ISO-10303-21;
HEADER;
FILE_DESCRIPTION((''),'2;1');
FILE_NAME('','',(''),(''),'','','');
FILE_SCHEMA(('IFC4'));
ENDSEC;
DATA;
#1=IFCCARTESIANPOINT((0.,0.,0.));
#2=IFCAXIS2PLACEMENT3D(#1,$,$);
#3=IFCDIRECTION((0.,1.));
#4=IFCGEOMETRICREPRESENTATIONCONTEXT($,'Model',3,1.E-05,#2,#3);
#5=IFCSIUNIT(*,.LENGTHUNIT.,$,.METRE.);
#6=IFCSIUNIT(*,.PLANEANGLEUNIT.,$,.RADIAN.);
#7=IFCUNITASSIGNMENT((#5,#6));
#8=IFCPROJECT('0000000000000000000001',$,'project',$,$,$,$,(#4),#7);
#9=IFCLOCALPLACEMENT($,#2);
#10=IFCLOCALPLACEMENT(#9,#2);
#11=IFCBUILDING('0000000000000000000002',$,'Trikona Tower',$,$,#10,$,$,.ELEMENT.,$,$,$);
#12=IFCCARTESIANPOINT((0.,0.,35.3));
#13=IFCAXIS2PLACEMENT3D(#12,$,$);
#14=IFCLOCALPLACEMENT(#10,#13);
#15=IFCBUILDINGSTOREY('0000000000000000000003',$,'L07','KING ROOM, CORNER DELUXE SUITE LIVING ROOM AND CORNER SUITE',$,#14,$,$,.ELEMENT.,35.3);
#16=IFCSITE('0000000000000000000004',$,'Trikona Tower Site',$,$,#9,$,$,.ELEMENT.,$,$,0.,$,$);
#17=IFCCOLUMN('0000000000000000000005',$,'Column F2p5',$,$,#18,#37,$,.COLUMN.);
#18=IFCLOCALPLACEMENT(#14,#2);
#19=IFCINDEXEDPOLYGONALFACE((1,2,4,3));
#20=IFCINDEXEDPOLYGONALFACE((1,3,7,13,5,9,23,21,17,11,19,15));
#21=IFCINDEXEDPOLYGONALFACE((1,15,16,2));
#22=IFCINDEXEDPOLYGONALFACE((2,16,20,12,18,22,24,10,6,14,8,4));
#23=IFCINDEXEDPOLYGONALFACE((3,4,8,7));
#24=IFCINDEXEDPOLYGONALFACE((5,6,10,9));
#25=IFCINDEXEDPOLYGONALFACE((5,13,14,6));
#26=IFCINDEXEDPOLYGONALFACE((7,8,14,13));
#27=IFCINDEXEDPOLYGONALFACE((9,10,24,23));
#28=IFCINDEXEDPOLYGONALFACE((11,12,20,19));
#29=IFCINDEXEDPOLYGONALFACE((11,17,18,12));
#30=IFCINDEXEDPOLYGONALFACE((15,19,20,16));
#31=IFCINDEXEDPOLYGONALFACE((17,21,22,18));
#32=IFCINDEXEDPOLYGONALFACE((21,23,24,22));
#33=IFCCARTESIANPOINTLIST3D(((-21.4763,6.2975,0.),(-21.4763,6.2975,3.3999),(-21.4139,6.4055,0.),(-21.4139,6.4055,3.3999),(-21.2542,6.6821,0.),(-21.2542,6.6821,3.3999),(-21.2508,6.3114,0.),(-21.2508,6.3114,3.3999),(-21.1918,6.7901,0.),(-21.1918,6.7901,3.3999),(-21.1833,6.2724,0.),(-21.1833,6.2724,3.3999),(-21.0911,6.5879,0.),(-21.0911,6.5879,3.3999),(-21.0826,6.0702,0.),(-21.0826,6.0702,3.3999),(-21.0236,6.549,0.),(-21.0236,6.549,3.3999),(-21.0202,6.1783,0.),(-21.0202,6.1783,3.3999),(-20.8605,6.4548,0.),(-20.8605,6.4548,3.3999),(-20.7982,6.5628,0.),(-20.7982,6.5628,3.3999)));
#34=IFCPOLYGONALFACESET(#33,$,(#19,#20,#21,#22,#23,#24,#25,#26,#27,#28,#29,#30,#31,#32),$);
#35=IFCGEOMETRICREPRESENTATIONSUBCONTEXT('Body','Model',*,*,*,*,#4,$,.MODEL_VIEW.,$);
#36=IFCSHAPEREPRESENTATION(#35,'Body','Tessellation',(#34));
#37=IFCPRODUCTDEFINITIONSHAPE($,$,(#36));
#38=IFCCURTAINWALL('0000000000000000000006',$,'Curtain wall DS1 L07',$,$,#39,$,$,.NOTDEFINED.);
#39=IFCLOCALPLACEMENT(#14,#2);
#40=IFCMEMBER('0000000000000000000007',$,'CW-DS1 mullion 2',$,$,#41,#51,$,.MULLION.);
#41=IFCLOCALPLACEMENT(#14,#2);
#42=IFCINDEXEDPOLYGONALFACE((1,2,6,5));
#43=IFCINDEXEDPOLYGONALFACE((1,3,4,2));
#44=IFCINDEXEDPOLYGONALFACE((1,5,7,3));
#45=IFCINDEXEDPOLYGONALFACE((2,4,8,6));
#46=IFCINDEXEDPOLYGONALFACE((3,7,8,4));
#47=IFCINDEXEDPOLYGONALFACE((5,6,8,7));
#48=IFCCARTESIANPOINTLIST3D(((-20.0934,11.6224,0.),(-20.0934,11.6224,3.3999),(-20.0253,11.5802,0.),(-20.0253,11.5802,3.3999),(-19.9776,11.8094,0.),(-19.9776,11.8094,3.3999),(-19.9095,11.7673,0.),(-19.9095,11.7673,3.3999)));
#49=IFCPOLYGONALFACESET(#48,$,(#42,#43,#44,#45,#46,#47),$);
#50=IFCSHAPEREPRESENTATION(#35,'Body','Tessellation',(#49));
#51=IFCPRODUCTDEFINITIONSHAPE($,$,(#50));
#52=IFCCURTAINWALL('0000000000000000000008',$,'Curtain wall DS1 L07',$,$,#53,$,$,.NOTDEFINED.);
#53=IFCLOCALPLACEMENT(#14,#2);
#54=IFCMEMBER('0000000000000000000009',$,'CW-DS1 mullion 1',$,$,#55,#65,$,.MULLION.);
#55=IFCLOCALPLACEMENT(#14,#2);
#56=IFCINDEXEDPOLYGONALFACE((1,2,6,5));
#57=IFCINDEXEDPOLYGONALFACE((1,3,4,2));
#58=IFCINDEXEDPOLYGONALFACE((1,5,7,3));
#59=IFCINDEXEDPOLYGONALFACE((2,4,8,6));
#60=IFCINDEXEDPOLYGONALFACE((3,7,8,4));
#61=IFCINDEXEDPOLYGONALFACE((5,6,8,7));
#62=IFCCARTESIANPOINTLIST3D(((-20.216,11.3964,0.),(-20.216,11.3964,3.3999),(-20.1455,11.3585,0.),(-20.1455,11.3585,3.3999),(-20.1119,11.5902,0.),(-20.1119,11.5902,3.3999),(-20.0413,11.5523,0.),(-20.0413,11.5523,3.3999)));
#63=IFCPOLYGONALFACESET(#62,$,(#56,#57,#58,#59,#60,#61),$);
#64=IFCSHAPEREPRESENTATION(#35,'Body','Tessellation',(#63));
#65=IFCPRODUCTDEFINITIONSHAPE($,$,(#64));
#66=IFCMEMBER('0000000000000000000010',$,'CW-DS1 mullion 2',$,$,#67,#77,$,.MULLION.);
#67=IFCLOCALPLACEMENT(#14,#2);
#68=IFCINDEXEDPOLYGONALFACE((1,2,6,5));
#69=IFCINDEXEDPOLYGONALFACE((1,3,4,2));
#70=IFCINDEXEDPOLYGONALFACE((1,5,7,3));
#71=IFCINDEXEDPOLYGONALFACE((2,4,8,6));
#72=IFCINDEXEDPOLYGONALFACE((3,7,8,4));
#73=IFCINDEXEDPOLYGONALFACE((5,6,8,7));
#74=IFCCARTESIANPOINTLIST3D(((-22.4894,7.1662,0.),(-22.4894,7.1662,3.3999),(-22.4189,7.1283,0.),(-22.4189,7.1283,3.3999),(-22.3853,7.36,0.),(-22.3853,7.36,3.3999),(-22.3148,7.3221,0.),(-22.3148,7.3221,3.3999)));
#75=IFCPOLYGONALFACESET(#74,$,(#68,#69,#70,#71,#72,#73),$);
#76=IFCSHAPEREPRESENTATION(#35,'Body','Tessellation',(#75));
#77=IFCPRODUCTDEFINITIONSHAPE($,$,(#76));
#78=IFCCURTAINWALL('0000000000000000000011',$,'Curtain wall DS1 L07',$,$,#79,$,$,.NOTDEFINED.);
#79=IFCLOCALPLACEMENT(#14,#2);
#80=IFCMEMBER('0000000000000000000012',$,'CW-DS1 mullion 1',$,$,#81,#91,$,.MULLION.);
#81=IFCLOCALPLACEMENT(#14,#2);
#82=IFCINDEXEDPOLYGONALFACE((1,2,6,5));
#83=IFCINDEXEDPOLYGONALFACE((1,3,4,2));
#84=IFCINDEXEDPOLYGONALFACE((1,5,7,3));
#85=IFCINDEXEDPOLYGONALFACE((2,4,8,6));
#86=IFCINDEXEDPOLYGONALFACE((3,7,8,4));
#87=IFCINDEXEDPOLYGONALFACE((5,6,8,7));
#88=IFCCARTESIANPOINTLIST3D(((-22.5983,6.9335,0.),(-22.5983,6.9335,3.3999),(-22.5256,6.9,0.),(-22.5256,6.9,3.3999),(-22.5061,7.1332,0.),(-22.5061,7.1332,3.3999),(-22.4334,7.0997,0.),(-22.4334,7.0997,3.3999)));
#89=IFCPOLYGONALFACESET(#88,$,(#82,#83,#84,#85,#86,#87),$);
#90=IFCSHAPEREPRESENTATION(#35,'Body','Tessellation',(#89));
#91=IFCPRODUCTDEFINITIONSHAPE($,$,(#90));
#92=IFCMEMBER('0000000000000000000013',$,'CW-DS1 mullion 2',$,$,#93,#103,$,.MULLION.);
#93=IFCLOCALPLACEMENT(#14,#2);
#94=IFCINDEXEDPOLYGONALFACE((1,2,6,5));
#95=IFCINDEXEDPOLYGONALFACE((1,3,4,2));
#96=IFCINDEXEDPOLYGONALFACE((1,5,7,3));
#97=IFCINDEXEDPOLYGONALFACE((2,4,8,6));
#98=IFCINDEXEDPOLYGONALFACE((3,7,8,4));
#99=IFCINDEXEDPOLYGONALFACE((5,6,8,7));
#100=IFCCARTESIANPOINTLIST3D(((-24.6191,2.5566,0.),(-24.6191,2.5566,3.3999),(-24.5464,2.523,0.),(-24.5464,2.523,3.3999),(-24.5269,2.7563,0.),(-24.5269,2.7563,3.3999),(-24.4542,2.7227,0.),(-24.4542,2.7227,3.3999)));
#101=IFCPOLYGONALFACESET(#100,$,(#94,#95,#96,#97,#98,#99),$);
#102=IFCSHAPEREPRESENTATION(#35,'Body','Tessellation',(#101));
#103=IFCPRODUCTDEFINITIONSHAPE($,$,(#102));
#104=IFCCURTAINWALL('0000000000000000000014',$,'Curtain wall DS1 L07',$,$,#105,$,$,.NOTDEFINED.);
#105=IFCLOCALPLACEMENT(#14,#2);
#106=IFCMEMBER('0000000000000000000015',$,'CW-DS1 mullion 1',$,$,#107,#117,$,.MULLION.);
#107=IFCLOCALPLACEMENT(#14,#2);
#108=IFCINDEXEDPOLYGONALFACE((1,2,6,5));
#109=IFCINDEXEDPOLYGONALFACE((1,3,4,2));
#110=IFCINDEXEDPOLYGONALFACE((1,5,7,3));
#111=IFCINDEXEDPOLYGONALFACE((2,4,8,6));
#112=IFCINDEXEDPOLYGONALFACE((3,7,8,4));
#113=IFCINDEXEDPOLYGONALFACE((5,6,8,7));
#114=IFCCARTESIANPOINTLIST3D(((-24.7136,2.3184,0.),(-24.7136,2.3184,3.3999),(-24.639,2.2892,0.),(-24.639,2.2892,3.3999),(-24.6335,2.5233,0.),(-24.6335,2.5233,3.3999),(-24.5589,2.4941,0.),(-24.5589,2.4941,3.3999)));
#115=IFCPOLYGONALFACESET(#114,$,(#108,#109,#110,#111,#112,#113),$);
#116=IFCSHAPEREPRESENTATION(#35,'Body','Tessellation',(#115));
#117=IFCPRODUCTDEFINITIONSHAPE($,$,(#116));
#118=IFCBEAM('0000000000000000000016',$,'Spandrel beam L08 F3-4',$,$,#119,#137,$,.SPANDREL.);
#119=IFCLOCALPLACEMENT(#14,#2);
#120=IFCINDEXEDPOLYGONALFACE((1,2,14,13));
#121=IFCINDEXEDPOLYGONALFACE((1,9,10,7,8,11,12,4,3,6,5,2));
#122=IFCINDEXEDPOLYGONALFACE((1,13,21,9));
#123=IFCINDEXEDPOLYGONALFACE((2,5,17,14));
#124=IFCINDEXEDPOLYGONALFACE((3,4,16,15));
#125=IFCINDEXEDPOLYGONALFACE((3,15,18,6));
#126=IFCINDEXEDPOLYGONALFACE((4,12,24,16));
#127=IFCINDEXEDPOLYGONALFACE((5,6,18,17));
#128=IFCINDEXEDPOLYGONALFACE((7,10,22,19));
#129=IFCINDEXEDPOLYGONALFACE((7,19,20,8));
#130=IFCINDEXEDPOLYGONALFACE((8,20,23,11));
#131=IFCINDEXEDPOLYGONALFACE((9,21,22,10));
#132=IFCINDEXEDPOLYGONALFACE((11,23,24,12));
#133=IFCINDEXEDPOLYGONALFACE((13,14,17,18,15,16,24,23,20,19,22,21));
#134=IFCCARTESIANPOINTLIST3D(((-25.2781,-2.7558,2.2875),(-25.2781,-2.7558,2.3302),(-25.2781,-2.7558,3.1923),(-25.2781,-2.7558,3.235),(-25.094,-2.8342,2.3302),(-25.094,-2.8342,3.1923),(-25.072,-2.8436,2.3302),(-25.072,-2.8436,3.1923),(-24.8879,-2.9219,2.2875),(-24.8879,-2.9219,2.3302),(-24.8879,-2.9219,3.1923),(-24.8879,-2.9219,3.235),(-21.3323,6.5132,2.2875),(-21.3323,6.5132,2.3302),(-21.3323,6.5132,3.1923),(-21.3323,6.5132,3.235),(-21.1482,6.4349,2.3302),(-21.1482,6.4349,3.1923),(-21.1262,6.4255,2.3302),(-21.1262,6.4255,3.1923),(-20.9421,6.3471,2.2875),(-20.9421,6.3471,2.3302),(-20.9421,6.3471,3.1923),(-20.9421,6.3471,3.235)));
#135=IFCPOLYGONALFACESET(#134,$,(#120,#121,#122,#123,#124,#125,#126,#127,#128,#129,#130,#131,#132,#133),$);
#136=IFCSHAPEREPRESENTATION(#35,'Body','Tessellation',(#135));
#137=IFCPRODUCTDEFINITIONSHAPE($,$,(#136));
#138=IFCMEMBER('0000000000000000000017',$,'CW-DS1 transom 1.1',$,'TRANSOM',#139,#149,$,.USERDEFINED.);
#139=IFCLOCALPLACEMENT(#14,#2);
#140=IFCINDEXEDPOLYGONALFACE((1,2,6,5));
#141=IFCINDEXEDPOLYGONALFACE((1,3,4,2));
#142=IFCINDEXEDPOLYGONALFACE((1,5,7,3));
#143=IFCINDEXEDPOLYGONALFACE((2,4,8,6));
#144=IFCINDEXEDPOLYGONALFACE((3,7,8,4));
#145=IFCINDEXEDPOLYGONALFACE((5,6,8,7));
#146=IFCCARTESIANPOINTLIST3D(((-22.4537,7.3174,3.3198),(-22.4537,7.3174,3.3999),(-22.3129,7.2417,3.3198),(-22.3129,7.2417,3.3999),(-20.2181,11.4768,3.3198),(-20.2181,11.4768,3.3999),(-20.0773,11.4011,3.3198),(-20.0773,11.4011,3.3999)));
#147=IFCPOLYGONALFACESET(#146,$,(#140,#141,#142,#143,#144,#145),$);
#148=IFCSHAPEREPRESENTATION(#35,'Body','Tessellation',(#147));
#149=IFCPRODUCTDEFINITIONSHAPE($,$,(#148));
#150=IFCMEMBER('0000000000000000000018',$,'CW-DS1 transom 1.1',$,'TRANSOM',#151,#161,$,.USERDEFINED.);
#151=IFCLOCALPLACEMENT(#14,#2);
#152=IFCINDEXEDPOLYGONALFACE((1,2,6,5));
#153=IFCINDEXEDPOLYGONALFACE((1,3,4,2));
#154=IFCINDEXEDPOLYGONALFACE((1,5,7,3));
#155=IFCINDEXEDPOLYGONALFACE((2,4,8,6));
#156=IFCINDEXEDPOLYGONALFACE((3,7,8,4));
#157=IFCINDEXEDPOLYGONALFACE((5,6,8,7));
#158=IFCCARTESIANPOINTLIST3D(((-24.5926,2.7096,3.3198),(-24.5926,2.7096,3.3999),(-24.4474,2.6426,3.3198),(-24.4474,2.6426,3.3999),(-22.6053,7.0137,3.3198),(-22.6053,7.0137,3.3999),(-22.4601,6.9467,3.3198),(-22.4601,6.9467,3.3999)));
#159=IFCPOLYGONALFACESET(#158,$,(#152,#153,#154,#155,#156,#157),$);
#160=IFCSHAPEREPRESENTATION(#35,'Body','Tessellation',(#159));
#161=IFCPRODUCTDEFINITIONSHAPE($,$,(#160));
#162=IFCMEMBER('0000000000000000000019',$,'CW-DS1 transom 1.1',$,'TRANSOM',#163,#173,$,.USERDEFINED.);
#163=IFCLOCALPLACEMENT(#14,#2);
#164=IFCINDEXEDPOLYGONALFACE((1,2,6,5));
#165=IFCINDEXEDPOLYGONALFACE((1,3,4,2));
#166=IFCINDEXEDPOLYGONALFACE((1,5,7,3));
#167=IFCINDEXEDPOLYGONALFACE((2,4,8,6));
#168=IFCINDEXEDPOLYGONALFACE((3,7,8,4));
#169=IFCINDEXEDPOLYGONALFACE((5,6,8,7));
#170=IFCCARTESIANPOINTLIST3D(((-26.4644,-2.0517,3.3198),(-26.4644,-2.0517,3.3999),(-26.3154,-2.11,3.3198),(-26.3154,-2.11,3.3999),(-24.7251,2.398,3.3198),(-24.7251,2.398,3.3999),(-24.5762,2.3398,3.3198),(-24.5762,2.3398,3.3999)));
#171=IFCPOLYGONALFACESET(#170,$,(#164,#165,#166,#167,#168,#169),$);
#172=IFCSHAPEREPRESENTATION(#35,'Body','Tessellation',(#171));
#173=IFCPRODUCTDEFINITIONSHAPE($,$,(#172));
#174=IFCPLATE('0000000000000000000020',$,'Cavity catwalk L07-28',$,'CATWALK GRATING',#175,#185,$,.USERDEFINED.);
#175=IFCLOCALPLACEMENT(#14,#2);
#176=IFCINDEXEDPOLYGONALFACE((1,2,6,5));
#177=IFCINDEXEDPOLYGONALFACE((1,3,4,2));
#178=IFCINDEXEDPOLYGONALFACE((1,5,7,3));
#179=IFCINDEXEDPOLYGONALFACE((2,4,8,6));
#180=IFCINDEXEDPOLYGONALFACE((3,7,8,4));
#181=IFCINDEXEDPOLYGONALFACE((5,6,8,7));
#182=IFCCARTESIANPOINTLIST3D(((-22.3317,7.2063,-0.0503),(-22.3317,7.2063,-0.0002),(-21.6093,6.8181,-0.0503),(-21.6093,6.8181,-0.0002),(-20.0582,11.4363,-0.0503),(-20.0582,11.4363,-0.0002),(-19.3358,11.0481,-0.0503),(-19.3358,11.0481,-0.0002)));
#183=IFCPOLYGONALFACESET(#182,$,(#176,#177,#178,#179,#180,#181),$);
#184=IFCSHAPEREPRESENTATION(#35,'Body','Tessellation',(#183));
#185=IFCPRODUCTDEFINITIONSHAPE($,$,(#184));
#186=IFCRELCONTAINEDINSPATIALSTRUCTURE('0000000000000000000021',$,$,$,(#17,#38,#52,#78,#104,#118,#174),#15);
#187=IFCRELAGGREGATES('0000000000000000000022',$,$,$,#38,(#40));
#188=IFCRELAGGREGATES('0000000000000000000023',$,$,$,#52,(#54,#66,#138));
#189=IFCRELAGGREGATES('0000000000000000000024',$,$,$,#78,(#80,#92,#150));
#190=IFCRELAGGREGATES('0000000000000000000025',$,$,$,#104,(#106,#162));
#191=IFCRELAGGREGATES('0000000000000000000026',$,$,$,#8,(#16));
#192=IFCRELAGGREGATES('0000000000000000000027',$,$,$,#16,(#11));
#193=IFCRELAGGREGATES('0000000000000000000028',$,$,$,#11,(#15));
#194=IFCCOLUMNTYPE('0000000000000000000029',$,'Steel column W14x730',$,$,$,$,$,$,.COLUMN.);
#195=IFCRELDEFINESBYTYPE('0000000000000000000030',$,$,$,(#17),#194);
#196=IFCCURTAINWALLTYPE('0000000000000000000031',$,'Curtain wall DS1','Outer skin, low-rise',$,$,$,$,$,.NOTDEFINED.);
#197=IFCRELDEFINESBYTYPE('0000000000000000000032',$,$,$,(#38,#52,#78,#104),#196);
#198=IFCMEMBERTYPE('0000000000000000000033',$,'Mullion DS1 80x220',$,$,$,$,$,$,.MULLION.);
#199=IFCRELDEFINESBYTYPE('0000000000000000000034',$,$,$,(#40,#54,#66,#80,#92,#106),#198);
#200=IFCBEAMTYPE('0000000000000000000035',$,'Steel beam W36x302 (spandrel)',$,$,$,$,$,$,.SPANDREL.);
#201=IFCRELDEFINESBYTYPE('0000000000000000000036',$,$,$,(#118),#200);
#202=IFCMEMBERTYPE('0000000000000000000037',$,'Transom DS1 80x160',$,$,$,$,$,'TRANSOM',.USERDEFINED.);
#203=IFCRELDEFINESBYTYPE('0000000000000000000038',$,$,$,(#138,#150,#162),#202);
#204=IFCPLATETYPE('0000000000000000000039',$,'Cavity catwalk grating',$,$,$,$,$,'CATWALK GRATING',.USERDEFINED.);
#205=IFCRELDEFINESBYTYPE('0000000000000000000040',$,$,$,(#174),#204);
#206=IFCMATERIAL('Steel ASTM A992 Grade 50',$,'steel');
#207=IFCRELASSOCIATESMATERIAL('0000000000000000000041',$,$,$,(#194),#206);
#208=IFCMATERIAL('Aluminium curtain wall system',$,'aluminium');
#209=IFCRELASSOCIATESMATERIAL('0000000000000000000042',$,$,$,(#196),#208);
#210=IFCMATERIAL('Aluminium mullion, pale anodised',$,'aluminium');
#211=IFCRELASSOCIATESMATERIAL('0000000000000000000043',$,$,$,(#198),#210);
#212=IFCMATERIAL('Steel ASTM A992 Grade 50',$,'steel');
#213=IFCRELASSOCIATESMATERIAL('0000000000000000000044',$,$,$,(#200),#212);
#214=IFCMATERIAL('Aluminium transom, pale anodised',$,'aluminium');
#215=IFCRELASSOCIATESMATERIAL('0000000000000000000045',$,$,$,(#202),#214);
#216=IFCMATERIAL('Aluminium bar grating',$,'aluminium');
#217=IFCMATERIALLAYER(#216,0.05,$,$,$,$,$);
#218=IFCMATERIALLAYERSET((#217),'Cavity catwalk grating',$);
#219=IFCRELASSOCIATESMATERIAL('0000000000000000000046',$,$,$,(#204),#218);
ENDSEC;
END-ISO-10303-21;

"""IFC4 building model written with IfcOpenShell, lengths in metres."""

from ifc_helpers import new_model, si_unit, direction, frame, origin, origin_2d, place, context, subcontext, project, spatial, rectangle, i_section, extrude, material, layer, layer_set, material_profile, profile_set, type_object, element, aggregate, save


model = new_model("IFC4")

# Units and contexts
model_context = context("Model", 3, precision=1e-05, world=origin(), true_north=direction((0.0, 1.0)))
body_context = subcontext(model_context, "Body", "Model", "MODEL_VIEW")
ifc_project = project(units=[si_unit("LENGTHUNIT", "METRE"), si_unit("PLANEANGLEUNIT", "RADIAN")], contexts=[model_context])

# Site, building, storey
site_placement = place(None, origin())
site = spatial("IfcSite", under=ifc_project, at=site_placement, Name="Trikona Tower Site", CompositionType="ELEMENT", RefElevation=0.0)
building_placement = place(site_placement, origin())
building = spatial("IfcBuilding", under=site, at=building_placement, Name="Trikona Tower", CompositionType="ELEMENT")
storey_placement = place(building_placement, frame((0.0, 0.0, 35.3)))
storey = spatial("IfcBuildingStorey", under=building, at=storey_placement, Name="L07", Description="KING ROOM, CORNER DELUXE SUITE LIVING ROOM AND CORNER SUITE", CompositionType="ELEMENT", Elevation=35.3)

# Column
ifc_material_1 = material(Name="Steel ASTM A992 Grade 50", Category="steel")
ifc_material_profile_1 = material_profile(ifc_material_1, i_section(OverallWidth=0.4546, OverallDepth=0.5688, WebThickness=0.0779, FlangeThickness=0.1248, at=origin_2d()), Name="W14X730")
ifc_profile_set_1 = profile_set([ifc_material_profile_1], Name="Steel ASTM A992 Grade 50")
column_type = type_object("IfcColumnType", Name="Steel column W14x730", PredefinedType="COLUMN", material=ifc_profile_set_1)
column_placement = place(storey_placement, frame((-21.1372, 6.4302, 0.0), z_axis=(0.0, 0.0, 1.0), x_axis=(-0.866025, 0.5, 0.0)))
element("IfcColumn", 1, at=column_placement, inside=storey, type_object=column_type, Name="Column F2p5", PredefinedType="COLUMN", context=body_context, shape_type="SweptSolid", body=[
    extrude(i_section(OverallWidth=0.4546, OverallDepth=0.5688, WebThickness=0.0779, FlangeThickness=0.1248, at=origin_2d()), origin(), (0.0, 0.0, 1.0), 3.3999),
])

# Curtain wall, member
ifc_material_2 = material(Name="Aluminium curtain wall system", Category="aluminium")
curtain_wall_type = type_object("IfcCurtainWallType", Name="Curtain wall DS1", Description="Outer skin, low-rise", PredefinedType="NOTDEFINED", material=ifc_material_2)
curtain_wall_1_placement = place(storey_placement, origin())
curtain_wall_1 = element("IfcCurtainWall", 2, at=curtain_wall_1_placement, inside=storey, type_object=curtain_wall_type, Name="Curtain wall DS1 L07", PredefinedType="NOTDEFINED")
ifc_material_3 = material(Name="Aluminium mullion, pale anodised", Category="aluminium")
ifc_material_profile_2 = material_profile(ifc_material_3, rectangle(XDim=0.0801, YDim=0.22, at=origin_2d()), Name="MUL-DS1")
ifc_profile_set_2 = profile_set([ifc_material_profile_2], Name="Aluminium mullion, pale anodised")
member_type_1 = type_object("IfcMemberType", Name="Mullion DS1 80x220", PredefinedType="MULLION", material=ifc_profile_set_2)
member_1_placement = place(storey_placement, frame((-20.0015, 11.6948, 0.0), z_axis=(0.0, 0.0, 1.0), x_axis=(0.85041, -0.52612, 0.0)))
member_1 = element("IfcMember", 3, at=member_1_placement, type_object=member_type_1, Name="CW-DS1 mullion 2", PredefinedType="MULLION", context=body_context, shape_type="SweptSolid", body=[
    extrude(rectangle(XDim=0.0801, YDim=0.22, at=origin_2d()), origin(), (0.0, 0.0, 1.0), 3.3999),
])
aggregate(curtain_wall_1, [member_1])

# Curtain walls, members
curtain_wall_2_placement = place(storey_placement, origin())
curtain_wall_2 = element("IfcCurtainWall", 4, at=curtain_wall_2_placement, inside=storey, type_object=curtain_wall_type, Name="Curtain wall DS1 L07", PredefinedType="NOTDEFINED")
member_2_placement = place(storey_placement, frame((-20.1287, 11.4744, 0.0), z_axis=(0.0, 0.0, 1.0), x_axis=(0.880843, -0.473408, 0.0)))
member_2 = element("IfcMember", 5, at=member_2_placement, type_object=member_type_1, Name="CW-DS1 mullion 1", PredefinedType="MULLION", context=body_context, shape_type="SweptSolid", body=[
    extrude(rectangle(XDim=0.0801, YDim=0.22, at=origin_2d()), origin(), (0.0, 0.0, 1.0), 3.3999),
])
member_3_placement = place(storey_placement, frame((-22.4021, 7.2441, 0.0), z_axis=(0.0, 0.0, 1.0), x_axis=(0.880843, -0.473408, 0.0)))
member_3 = element("IfcMember", 6, at=member_3_placement, type_object=member_type_1, Name="CW-DS1 mullion 2", PredefinedType="MULLION", context=body_context, shape_type="SweptSolid", body=[
    extrude(rectangle(XDim=0.0801, YDim=0.22, at=origin_2d()), origin(), (0.0, 0.0, 1.0), 3.3999),
])
curtain_wall_3_placement = place(storey_placement, origin())
curtain_wall_3 = element("IfcCurtainWall", 7, at=curtain_wall_3_placement, inside=storey, type_object=curtain_wall_type, Name="Curtain wall DS1 L07", PredefinedType="NOTDEFINED")
member_4_placement = place(storey_placement, frame((-22.5159, 7.0166, 0.0), z_axis=(0.0, 0.0, 1.0), x_axis=(0.907898, -0.41919, 0.0)))
member_4 = element("IfcMember", 8, at=member_4_placement, type_object=member_type_1, Name="CW-DS1 mullion 1", PredefinedType="MULLION", context=body_context, shape_type="SweptSolid", body=[
    extrude(rectangle(XDim=0.0801, YDim=0.22, at=origin_2d()), origin(), (0.0, 0.0, 1.0), 3.3999),
])
member_5_placement = place(storey_placement, frame((-24.5366, 2.6396, 0.0), z_axis=(0.0, 0.0, 1.0), x_axis=(0.907898, -0.41919, 0.0)))
member_5 = element("IfcMember", 9, at=member_5_placement, type_object=member_type_1, Name="CW-DS1 mullion 2", PredefinedType="MULLION", context=body_context, shape_type="SweptSolid", body=[
    extrude(rectangle(XDim=0.0801, YDim=0.22, at=origin_2d()), origin(), (0.0, 0.0, 1.0), 3.3999),
])

# Curtain wall, member
curtain_wall_4_placement = place(storey_placement, origin())
curtain_wall_4 = element("IfcCurtainWall", 10, at=curtain_wall_4_placement, inside=storey, type_object=curtain_wall_type, Name="Curtain wall DS1 L07", PredefinedType="NOTDEFINED")
member_6_placement = place(storey_placement, frame((-24.6362, 2.4062, 0.0), z_axis=(0.0, 0.0, 1.0), x_axis=(0.931396, -0.364008, 0.0)))
member_6 = element("IfcMember", 11, at=member_6_placement, type_object=member_type_1, Name="CW-DS1 mullion 1", PredefinedType="MULLION", context=body_context, shape_type="SweptSolid", body=[
    extrude(rectangle(XDim=0.0801, YDim=0.22, at=origin_2d()), origin(), (0.0, 0.0, 1.0), 3.3999),
])

# Beam
ifc_material_4 = material(Name="Steel ASTM A992 Grade 50", Category="steel")
ifc_material_profile_3 = material_profile(ifc_material_4, i_section(OverallWidth=0.4241, OverallDepth=0.9475, WebThickness=0.0239, FlangeThickness=0.0427, at=origin_2d()), Name="W36X302")
ifc_profile_set_3 = profile_set([ifc_material_profile_3], Name="Steel ASTM A992 Grade 50")
beam_type = type_object("IfcBeamType", Name="Steel beam W36x302 (spandrel)", PredefinedType="SPANDREL", material=ifc_profile_set_3)
beam_placement = place(storey_placement, frame((-21.1372, 6.4302, 2.7612), z_axis=(-0.391684, -0.9201, 0.0), x_axis=(0.9201, -0.391684, 0.0)))
element("IfcBeam", 12, at=beam_placement, inside=storey, type_object=beam_type, Name="Spandrel beam L08 F3-4", PredefinedType="SPANDREL", context=body_context, shape_type="SweptSolid", body=[
    extrude(i_section(OverallWidth=0.4241, OverallDepth=0.9475, WebThickness=0.0239, FlangeThickness=0.0427, at=origin_2d()), origin(), (0.0, 0.0, 1.0), 10.074),
])

# Members
ifc_material_5 = material(Name="Aluminium transom, pale anodised", Category="aluminium")
ifc_material_profile_4 = material_profile(ifc_material_5, rectangle(XDim=0.1599, YDim=0.0801, at=origin_2d()), Name="TRN-DS1")
ifc_profile_set_4 = profile_set([ifc_material_profile_4], Name="Aluminium transom, pale anodised")
member_type_2 = type_object("IfcMemberType", Name="Transom DS1 80x160", ElementType="TRANSOM", PredefinedType="USERDEFINED", material=ifc_profile_set_4)
member_7_placement = place(storey_placement, frame((-20.1477, 11.439, 3.3599), z_axis=(-0.473428, -0.880833, 0.0), x_axis=(0.880833, -0.473428, 0.0)))
member_7 = element("IfcMember", 13, at=member_7_placement, type_object=member_type_2, Name="CW-DS1 transom 1.1", ObjectType="TRANSOM", PredefinedType="USERDEFINED", context=body_context, shape_type="SweptSolid", body=[
    extrude(rectangle(XDim=0.1599, YDim=0.0801, at=origin_2d()), origin(), (0.0, 0.0, 1.0), 4.7222),
])
member_8_placement = place(storey_placement, frame((-22.5327, 6.9802, 3.3599), z_axis=(-0.419189, -0.907899, 0.0), x_axis=(0.907899, -0.419189, 0.0)))
member_8 = element("IfcMember", 14, at=member_8_placement, type_object=member_type_2, Name="CW-DS1 transom 1.1", ObjectType="TRANSOM", PredefinedType="USERDEFINED", context=body_context, shape_type="SweptSolid", body=[
    extrude(rectangle(XDim=0.1599, YDim=0.0801, at=origin_2d()), origin(), (0.0, 0.0, 1.0), 4.7407),
])
member_9_placement = place(storey_placement, frame((-24.6506, 2.3689, 3.3599), z_axis=(-0.364049, -0.93138, 0.0), x_axis=(0.93138, -0.364049, 0.0)))
member_9 = element("IfcMember", 15, at=member_9_placement, type_object=member_type_2, Name="CW-DS1 transom 1.1", ObjectType="TRANSOM", PredefinedType="USERDEFINED", context=body_context, shape_type="SweptSolid", body=[
    extrude(rectangle(XDim=0.1599, YDim=0.0801, at=origin_2d()), origin(), (0.0, 0.0, 1.0), 4.7776),
])

# Plate
ifc_material_6 = material(Name="Aluminium bar grating", Category="aluminium")
ifc_layer_1 = layer(ifc_material_6, 0.05)
ifc_layer_set_1 = layer_set([ifc_layer_1], Name="Cavity catwalk grating")
plate_type_1 = type_object("IfcPlateType", Name="Cavity catwalk grating", ElementType="CATWALK GRATING", PredefinedType="USERDEFINED", material=ifc_layer_set_1)
plate_1_placement = place(storey_placement, frame((-20.8337, 9.1272, -0.0503), z_axis=(0.0, 0.0, 1.0), x_axis=(-0.473423, -0.880835, 0.0)))
element("IfcPlate", 16, at=plate_1_placement, inside=storey, type_object=plate_type_1, Name="Cavity catwalk L07-28", ObjectType="CATWALK GRATING", PredefinedType="USERDEFINED", context=body_context, shape_type="SweptSolid", body=[
    extrude(rectangle(XDim=4.8022, YDim=0.8201, at=origin_2d()), origin(), (0.0, 0.0, 1.0), 0.05),
])

aggregate(curtain_wall_2, [member_2, member_3, member_7])
aggregate(curtain_wall_3, [member_4, member_5, member_8])
aggregate(curtain_wall_4, [member_6, member_9])

save(model, "model.ifc")
